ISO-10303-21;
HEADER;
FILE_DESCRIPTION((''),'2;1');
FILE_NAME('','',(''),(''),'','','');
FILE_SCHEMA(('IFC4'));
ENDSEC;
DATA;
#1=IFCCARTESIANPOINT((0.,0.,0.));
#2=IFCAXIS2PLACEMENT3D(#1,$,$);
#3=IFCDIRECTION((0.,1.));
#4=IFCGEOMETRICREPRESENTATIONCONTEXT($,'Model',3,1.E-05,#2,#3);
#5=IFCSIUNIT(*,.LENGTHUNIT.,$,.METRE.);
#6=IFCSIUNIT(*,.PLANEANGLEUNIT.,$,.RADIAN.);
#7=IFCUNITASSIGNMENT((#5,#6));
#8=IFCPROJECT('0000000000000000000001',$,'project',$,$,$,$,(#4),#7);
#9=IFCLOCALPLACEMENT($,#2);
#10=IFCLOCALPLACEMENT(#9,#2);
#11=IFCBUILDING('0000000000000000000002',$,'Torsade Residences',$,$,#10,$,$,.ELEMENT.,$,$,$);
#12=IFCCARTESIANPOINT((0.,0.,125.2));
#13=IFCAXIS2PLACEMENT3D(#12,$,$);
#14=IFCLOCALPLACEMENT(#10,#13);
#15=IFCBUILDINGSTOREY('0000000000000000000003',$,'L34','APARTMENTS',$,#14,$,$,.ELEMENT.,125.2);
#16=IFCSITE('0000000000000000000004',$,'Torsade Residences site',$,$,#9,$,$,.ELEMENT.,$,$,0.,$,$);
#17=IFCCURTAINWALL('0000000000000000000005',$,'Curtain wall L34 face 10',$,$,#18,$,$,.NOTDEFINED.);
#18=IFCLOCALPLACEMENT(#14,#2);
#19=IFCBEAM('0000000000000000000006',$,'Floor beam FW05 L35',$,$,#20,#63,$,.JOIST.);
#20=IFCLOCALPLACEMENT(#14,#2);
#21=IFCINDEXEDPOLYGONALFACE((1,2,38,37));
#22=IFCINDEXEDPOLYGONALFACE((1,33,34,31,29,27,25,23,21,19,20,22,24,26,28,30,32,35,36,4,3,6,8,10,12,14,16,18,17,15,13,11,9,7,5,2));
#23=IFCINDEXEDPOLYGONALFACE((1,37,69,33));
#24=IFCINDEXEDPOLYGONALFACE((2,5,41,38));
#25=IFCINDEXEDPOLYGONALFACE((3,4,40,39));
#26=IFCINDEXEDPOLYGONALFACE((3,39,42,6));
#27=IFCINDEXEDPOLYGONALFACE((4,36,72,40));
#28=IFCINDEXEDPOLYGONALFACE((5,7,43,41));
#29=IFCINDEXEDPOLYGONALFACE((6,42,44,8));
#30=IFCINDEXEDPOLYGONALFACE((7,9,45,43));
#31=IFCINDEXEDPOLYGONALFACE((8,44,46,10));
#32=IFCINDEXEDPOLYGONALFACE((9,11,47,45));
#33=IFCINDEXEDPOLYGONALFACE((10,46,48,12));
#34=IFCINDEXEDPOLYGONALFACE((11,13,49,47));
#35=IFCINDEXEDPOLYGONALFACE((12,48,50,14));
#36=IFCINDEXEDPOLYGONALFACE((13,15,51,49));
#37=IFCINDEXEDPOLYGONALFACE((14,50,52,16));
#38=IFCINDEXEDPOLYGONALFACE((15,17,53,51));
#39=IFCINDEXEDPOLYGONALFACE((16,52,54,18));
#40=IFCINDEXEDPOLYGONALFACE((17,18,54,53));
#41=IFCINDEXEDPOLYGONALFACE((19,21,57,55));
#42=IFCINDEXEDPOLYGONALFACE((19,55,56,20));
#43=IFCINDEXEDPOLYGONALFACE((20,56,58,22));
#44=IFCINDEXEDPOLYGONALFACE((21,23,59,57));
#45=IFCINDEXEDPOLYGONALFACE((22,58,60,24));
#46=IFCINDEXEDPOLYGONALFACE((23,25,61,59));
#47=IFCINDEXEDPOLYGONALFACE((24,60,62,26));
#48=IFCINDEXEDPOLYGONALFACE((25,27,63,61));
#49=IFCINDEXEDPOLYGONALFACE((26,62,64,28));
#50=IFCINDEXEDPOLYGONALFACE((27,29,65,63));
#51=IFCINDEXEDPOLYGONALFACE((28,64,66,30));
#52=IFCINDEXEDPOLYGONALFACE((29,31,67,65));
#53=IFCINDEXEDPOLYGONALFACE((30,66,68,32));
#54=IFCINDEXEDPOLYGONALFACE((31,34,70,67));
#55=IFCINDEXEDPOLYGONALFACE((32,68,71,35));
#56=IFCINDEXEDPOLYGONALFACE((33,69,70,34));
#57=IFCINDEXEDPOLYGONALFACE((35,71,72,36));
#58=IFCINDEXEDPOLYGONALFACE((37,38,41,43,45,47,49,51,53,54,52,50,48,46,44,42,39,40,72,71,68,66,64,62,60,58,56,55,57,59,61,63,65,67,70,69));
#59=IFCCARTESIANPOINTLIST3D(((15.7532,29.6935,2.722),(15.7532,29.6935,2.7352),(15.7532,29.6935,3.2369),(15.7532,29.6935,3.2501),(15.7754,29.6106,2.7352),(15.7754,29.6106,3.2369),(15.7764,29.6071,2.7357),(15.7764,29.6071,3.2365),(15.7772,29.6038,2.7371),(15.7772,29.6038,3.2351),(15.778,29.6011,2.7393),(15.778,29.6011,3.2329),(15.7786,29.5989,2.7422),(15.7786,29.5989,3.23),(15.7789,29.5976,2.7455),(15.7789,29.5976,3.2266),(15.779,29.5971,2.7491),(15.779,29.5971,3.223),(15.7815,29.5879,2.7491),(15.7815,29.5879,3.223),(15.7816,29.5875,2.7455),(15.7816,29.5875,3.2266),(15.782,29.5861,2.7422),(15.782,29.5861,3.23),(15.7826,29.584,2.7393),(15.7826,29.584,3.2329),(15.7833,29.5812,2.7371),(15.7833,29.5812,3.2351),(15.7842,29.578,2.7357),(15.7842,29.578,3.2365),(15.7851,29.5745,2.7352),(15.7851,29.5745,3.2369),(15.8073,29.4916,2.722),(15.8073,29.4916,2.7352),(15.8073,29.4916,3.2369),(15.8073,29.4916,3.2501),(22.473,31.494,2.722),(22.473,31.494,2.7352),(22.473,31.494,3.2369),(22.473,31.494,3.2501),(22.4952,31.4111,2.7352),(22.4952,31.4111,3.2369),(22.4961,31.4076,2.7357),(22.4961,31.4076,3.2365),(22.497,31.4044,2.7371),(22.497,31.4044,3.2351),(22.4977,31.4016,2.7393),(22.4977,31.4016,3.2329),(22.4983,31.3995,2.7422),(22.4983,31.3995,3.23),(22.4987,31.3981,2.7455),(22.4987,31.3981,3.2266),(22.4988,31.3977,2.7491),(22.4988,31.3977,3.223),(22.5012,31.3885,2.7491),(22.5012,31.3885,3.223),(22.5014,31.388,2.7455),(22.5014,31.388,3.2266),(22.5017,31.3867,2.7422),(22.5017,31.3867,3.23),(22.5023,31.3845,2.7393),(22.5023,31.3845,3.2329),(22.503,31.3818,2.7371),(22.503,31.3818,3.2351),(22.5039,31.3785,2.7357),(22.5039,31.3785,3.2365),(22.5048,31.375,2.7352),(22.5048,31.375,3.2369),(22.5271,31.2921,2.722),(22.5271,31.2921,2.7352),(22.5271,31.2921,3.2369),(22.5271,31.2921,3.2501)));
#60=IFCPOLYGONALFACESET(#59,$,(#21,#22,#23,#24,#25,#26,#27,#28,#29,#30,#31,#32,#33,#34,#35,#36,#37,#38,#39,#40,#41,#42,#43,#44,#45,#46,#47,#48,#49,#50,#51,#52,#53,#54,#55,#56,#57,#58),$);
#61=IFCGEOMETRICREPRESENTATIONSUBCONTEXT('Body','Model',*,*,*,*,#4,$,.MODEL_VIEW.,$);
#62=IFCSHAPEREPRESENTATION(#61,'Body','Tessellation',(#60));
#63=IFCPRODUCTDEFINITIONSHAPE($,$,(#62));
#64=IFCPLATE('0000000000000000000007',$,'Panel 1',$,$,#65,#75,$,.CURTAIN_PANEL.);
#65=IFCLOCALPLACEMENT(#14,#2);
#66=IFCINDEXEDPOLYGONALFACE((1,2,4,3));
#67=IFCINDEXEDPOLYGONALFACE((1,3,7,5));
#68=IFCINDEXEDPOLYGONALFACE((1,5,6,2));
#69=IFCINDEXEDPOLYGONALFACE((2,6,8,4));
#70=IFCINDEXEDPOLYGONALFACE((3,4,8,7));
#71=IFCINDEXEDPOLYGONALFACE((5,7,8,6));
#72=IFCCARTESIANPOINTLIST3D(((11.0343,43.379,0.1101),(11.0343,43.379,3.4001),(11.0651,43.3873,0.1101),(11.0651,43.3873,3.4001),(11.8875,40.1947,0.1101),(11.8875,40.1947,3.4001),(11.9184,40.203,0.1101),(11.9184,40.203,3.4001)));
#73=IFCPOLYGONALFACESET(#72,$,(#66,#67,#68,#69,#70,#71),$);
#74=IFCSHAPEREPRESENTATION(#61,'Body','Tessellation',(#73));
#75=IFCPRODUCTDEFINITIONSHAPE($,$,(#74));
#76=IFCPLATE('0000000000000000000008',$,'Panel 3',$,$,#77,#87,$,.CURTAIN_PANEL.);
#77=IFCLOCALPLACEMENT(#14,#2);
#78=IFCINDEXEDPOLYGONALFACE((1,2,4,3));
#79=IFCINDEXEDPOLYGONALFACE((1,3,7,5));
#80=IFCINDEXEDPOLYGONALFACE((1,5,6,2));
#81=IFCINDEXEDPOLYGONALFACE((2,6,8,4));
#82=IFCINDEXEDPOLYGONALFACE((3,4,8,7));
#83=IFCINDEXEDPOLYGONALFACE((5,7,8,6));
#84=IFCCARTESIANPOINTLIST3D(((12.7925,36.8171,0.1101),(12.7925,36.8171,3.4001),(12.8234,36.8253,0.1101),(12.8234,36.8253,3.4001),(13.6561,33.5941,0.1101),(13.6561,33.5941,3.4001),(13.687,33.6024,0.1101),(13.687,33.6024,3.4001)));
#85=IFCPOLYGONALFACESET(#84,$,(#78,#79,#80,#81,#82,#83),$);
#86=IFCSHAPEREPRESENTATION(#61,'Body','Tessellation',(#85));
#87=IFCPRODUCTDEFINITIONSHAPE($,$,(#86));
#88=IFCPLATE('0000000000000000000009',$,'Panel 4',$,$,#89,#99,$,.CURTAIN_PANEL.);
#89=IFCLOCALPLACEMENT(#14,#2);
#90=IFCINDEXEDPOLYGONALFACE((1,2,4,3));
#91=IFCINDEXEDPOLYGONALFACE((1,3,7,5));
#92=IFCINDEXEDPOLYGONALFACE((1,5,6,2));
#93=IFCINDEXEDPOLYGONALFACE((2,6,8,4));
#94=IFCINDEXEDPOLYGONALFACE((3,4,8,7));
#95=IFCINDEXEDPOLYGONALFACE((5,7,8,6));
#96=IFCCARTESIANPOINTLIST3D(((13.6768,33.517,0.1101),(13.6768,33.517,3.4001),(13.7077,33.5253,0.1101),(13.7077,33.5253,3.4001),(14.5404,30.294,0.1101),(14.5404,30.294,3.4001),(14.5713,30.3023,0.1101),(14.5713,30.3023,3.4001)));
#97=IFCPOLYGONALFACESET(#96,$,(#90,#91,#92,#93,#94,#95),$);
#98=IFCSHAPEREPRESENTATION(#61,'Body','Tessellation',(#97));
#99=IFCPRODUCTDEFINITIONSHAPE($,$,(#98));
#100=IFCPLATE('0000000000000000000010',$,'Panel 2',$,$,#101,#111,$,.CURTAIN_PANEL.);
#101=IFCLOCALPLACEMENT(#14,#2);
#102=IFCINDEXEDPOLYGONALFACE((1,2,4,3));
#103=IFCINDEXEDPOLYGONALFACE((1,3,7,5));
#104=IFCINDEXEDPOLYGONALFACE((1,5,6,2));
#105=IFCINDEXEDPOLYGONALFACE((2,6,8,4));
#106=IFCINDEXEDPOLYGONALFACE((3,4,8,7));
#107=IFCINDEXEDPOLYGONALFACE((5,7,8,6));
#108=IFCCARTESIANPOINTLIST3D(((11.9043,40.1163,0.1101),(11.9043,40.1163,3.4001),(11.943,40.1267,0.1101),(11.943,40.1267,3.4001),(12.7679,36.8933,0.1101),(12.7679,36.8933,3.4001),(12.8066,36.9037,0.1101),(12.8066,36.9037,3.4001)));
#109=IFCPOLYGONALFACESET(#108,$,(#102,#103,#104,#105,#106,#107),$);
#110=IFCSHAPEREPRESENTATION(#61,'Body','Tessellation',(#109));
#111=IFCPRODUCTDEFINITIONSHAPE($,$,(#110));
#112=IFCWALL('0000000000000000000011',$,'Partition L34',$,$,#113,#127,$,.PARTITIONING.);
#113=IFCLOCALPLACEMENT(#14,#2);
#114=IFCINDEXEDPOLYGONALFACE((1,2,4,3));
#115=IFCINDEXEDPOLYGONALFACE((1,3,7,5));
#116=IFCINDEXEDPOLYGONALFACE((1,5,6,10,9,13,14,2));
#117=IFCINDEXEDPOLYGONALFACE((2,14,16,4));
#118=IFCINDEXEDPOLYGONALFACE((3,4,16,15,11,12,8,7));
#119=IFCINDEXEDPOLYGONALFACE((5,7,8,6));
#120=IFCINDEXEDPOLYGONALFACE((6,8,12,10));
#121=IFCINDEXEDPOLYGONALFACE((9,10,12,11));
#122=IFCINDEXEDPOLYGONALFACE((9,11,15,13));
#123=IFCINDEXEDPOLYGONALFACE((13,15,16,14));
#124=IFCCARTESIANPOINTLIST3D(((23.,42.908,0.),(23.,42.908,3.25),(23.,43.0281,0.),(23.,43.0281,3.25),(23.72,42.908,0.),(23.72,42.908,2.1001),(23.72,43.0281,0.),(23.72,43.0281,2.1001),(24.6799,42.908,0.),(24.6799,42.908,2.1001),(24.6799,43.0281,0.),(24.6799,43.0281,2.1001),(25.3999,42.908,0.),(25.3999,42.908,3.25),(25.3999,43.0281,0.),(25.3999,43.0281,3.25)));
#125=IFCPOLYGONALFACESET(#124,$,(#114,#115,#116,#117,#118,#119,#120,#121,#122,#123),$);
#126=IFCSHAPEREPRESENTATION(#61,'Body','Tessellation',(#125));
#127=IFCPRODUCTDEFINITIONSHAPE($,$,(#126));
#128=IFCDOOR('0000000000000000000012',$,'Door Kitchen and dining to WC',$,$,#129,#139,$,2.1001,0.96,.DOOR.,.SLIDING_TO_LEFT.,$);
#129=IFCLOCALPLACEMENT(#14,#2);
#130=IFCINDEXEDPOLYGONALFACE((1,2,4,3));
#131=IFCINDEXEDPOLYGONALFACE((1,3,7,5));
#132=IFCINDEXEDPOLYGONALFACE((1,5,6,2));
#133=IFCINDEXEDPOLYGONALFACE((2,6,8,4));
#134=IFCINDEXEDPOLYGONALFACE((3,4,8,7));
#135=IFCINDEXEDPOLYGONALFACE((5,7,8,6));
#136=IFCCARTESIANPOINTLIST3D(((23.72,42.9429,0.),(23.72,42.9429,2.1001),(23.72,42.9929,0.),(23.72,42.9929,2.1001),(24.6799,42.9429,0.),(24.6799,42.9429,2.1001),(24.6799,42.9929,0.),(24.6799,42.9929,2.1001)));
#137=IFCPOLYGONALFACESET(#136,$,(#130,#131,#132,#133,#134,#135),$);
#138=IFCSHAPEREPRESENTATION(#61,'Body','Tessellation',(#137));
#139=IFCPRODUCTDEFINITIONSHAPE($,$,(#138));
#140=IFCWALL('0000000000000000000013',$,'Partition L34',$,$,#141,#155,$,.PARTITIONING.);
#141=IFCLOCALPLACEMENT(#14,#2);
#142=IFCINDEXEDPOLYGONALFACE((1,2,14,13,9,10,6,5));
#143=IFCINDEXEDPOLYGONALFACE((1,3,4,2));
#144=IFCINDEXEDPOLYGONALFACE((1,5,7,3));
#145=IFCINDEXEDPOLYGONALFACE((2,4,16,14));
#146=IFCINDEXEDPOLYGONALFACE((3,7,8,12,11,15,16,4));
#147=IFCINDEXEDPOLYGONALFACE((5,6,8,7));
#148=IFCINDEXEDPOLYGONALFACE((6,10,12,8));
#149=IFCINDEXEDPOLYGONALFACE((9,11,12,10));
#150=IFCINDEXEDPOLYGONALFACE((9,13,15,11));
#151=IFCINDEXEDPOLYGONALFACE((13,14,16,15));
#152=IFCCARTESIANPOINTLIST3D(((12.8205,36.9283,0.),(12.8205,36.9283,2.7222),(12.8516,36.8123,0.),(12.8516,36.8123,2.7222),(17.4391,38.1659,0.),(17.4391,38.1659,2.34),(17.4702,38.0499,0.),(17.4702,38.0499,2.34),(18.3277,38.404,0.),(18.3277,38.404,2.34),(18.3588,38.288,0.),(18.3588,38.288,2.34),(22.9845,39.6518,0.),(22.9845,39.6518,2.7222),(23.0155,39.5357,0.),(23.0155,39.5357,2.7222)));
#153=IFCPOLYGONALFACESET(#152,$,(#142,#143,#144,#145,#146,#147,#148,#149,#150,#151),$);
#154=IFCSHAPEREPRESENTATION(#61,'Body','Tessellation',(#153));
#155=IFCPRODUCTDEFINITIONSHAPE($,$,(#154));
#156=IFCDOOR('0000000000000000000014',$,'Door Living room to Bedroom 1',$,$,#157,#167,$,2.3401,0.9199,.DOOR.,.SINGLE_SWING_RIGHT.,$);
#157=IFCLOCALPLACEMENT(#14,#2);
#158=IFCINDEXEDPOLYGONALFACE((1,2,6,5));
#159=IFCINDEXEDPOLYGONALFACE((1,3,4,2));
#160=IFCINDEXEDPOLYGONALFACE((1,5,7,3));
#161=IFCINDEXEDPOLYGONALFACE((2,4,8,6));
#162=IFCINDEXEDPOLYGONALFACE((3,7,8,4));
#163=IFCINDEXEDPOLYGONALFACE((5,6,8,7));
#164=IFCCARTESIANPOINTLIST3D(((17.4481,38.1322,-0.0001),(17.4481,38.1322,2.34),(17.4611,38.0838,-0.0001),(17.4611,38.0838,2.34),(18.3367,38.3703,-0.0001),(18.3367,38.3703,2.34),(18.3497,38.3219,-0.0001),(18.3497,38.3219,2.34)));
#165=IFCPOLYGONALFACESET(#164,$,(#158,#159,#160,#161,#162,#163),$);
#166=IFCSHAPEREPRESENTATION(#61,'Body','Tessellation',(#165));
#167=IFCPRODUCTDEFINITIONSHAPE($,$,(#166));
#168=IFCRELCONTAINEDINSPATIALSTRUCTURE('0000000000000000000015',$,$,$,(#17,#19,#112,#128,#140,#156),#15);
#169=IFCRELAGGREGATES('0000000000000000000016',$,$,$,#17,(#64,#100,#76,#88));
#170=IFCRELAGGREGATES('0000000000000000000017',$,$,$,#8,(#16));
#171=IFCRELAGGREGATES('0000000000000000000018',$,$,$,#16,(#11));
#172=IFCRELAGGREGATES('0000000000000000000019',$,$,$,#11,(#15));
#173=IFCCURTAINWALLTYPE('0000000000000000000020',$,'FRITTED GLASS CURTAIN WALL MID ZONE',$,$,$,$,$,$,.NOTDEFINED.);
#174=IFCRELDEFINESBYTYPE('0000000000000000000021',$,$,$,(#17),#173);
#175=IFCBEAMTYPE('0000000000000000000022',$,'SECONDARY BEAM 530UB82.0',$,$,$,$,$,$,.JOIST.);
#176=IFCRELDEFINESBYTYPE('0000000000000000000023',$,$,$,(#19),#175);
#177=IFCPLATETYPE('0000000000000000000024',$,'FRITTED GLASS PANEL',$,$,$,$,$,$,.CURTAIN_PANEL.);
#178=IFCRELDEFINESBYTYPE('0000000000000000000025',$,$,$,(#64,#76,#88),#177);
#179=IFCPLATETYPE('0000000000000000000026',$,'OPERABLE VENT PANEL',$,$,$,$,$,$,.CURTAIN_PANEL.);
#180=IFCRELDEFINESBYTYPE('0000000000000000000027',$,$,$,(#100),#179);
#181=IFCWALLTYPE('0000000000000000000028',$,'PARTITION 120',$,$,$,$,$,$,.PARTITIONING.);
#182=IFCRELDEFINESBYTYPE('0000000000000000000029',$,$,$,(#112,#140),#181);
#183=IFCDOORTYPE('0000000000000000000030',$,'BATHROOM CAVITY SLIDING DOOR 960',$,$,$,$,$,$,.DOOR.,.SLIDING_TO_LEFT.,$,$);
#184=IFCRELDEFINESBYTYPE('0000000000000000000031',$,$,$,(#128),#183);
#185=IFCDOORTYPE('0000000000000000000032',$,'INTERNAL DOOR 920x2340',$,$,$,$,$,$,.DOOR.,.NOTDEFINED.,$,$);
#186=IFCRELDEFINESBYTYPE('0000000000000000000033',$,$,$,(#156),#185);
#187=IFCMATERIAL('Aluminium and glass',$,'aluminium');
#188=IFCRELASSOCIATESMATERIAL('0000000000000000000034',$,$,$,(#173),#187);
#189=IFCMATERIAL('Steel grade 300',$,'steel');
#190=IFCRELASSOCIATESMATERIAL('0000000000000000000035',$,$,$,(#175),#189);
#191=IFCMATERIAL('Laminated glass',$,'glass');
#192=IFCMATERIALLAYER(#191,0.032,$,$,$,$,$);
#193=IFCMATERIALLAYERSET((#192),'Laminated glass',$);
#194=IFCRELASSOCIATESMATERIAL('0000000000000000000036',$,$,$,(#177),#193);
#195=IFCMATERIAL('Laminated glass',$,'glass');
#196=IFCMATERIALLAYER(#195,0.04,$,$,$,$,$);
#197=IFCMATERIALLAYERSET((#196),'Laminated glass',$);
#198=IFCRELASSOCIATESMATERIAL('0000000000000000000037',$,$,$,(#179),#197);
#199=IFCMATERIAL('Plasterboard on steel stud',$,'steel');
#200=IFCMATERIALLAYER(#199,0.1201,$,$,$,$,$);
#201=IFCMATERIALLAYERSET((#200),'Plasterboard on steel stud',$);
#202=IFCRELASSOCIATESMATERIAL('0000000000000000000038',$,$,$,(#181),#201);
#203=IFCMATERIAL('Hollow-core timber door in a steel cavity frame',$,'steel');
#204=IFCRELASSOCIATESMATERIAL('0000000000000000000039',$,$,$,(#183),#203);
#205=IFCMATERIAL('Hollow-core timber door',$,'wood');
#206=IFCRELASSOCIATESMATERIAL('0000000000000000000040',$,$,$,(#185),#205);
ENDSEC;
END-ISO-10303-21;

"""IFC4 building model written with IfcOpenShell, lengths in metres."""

from ifc_helpers import new_model, si_unit, direction, frame, frame_2d, origin, origin_2d, place, context, subcontext, project, spatial, rectangle, i_section, extrude, material, layer, layer_set, material_profile, profile_set, type_object, element, fill, aggregate, save


model = new_model("IFC4")

# Units and contexts
model_context = context("Model", 3, precision=1e-05, world=origin(), true_north=direction((0.0, 1.0)))
body_context = subcontext(model_context, "Body", "Model", "MODEL_VIEW")
ifc_project = project(units=[si_unit("LENGTHUNIT", "METRE"), si_unit("PLANEANGLEUNIT", "RADIAN")], contexts=[model_context])

# Site, building, storey
site_placement = place(None, origin())
site = spatial("IfcSite", under=ifc_project, at=site_placement, Name="Torsade Residences site", CompositionType="ELEMENT", RefElevation=0.0)
building_placement = place(site_placement, origin())
building = spatial("IfcBuilding", under=site, at=building_placement, Name="Torsade Residences", CompositionType="ELEMENT")
storey_placement = place(building_placement, frame((0.0, 0.0, 125.2)))
storey = spatial("IfcBuildingStorey", under=building, at=storey_placement, Name="L34", Description="APARTMENTS", CompositionType="ELEMENT", Elevation=125.2)

# Curtain wall
ifc_material_1 = material(Name="Aluminium and glass", Category="aluminium")
curtain_wall_type = type_object("IfcCurtainWallType", Name="FRITTED GLASS CURTAIN WALL MID ZONE", PredefinedType="NOTDEFINED", material=ifc_material_1)
curtain_wall_placement = place(storey_placement, origin())
curtain_wall = element("IfcCurtainWall", 1, at=curtain_wall_placement, inside=storey, type_object=curtain_wall_type, Name="Curtain wall L34 face 10", PredefinedType="NOTDEFINED")

# Beam
ifc_material_2 = material(Name="Steel grade 300", Category="steel")
ifc_material_profile_1 = material_profile(ifc_material_2, i_section(OverallWidth=0.209, OverallDepth=0.5281, WebThickness=0.0095, FlangeThickness=0.0132, FilletRadius=0.0139, at=origin_2d()), Name="530UB82.0")
ifc_profile_set_1 = profile_set([ifc_material_profile_1], Name="Steel grade 300")
beam_type_1 = type_object("IfcBeamType", Name="SECONDARY BEAM 530UB82.0", PredefinedType="JOIST", material=ifc_profile_set_1)
beam_1_placement = place(storey_placement, frame((15.7803, 29.5925, 2.9861), z_axis=(0.965926, 0.258818, 0.0), x_axis=(-0.258818, 0.965926, 0.0)))
element("IfcBeam", 2, at=beam_1_placement, inside=storey, type_object=beam_type_1, Name="Floor beam FW05 L35", PredefinedType="JOIST", context=body_context, shape_type="SweptSolid", body=[
    extrude(i_section(OverallWidth=0.209, OverallDepth=0.5281, WebThickness=0.0095, FlangeThickness=0.0132, FilletRadius=0.0139, at=origin_2d()), origin(), (0.0, 0.0, 1.0), 6.9568),
])

# Plates
ifc_material_3 = material(Name="Laminated glass", Category="glass")
ifc_layer_1 = layer(ifc_material_3, 0.032)
ifc_layer_set_1 = layer_set([ifc_layer_1], Name="Laminated glass")
plate_type_1 = type_object("IfcPlateType", Name="FRITTED GLASS PANEL", PredefinedType="CURTAIN_PANEL", material=ifc_layer_set_1)
plate_1_placement = place(storey_placement, frame((11.4763, 41.791, 0.1101), z_axis=(0.0, 0.0, 1.0), x_axis=(0.258819, -0.965926, 0.0)))
plate_1 = element("IfcPlate", 3, at=plate_1_placement, type_object=plate_type_1, Name="Panel 1", PredefinedType="CURTAIN_PANEL", context=body_context, shape_type="SweptSolid", body=[
    extrude(rectangle(XDim=3.2966, YDim=0.032, at=origin_2d()), origin(), (0.0, 0.0, 1.0), 3.29),
])
plate_2_placement = place(storey_placement, frame((13.2397, 35.2097, 0.1101), z_axis=(0.0, 0.0, 1.0), x_axis=(0.258819, -0.965926, 0.0)))
plate_2 = element("IfcPlate", 4, at=plate_2_placement, type_object=plate_type_1, Name="Panel 3", PredefinedType="CURTAIN_PANEL", context=body_context, shape_type="SweptSolid", body=[
    extrude(rectangle(XDim=3.3367, YDim=0.032, at=origin_2d()), origin(), (0.0, 0.0, 1.0), 3.29),
])
plate_3_placement = place(storey_placement, frame((14.124, 31.9097, 0.1101), z_axis=(0.0, 0.0, 1.0), x_axis=(0.258819, -0.965926, 0.0)))
plate_3 = element("IfcPlate", 5, at=plate_3_placement, type_object=plate_type_1, Name="Panel 4", PredefinedType="CURTAIN_PANEL", context=body_context, shape_type="SweptSolid", body=[
    extrude(rectangle(XDim=3.3367, YDim=0.032, at=origin_2d()), origin(), (0.0, 0.0, 1.0), 3.29),
])
ifc_material_4 = material(Name="Laminated glass", Category="glass")
ifc_layer_2 = layer(ifc_material_4, 0.04)
ifc_layer_set_2 = layer_set([ifc_layer_2], Name="Laminated glass")
plate_type_2 = type_object("IfcPlateType", Name="OPERABLE VENT PANEL", PredefinedType="CURTAIN_PANEL", material=ifc_layer_set_2)
plate_4_placement = place(storey_placement, frame((12.3555, 38.51, 0.1101), z_axis=(0.0, 0.0, 1.0), x_axis=(0.258819, -0.965926, 0.0)))
plate_4 = element("IfcPlate", 6, at=plate_4_placement, type_object=plate_type_2, Name="Panel 2", PredefinedType="CURTAIN_PANEL", context=body_context, shape_type="SweptSolid", body=[
    extrude(rectangle(XDim=3.3367, YDim=0.04, at=origin_2d()), origin(), (0.0, 0.0, 1.0), 3.29),
])
aggregate(curtain_wall, [plate_1, plate_4, plate_2, plate_3])

# Walls, openings, doors
ifc_material_5 = material(Name="Plasterboard on steel stud", Category="steel")
ifc_layer_3 = layer(ifc_material_5, 0.1201)
ifc_layer_set_3 = layer_set([ifc_layer_3], Name="Plasterboard on steel stud")
wall_type_1 = type_object("IfcWallType", Name="PARTITION 120", PredefinedType="PARTITIONING", material=ifc_layer_set_3)
wall_1_placement = place(storey_placement, frame((23.0, 42.968, 0.0), z_axis=(0.0, 0.0, 1.0), x_axis=(1.0, 0.0, 0.0)))
wall_1 = element("IfcWall", 7, at=wall_1_placement, inside=storey, type_object=wall_type_1, Name="Partition L34", PredefinedType="PARTITIONING", context=body_context, shape_type="SweptSolid", body=[
    extrude(rectangle(XDim=2.3999, YDim=0.1201, at=frame_2d((1.2, 0.0))), origin(), (0.0, 0.0, 1.0), 3.25),
])
opening_1_placement = place(wall_1_placement, frame((0.72, 0.0, 0.0)))
opening_1 = element("IfcOpeningElement", 8, at=opening_1_placement, cuts=wall_1, PredefinedType="OPENING", context=body_context, shape_type="SweptSolid", body=[
    extrude(rectangle(XDim=0.96, YDim=2.1001, at=frame_2d((0.48, 1.05))), frame((0.0, 0.0701, 0.0), z_axis=(0.0, -1.0, 0.0), x_axis=(1.0, 0.0, 0.0)), (0.0, 0.0, 1.0), 0.1401),
])
ifc_material_6 = material(Name="Hollow-core timber door in a steel cavity frame", Category="steel")
door_type_1 = type_object("IfcDoorType", Name="BATHROOM CAVITY SLIDING DOOR 960", OperationType="SLIDING_TO_LEFT", PredefinedType="DOOR", material=ifc_material_6)
door_1_placement = place(opening_1_placement, origin())
door_1 = element("IfcDoor", 9, at=door_1_placement, inside=storey, type_object=door_type_1, Name="Door Kitchen and dining to WC", OperationType="SLIDING_TO_LEFT", OverallHeight=2.1001, OverallWidth=0.96, PredefinedType="DOOR", context=body_context, shape_type="SweptSolid", body=[
    extrude(rectangle(XDim=0.96, YDim=2.1001, at=frame_2d((0.48, 1.05))), frame((0.0, 0.0249, 0.0), z_axis=(0.0, -1.0, 0.0), x_axis=(1.0, 0.0, 0.0)), (0.0, 0.0, 1.0), 0.05),
])
fill(opening_1, door_1)
wall_2_placement = place(storey_placement, frame((23.0, 39.5938, 0.0), z_axis=(0.0, 0.0, 1.0), x_axis=(-0.965926, -0.258819, 0.0)))
wall_2 = element("IfcWall", 10, at=wall_2_placement, inside=storey, type_object=wall_type_1, Name="Partition L34", PredefinedType="PARTITIONING", context=body_context, shape_type="SweptSolid", body=[
    extrude(rectangle(XDim=10.5225, YDim=0.1201, at=frame_2d((5.2612, 0.0))), origin(), (0.0, 0.0, 1.0), 2.7222),
])
opening_2_placement = place(wall_2_placement, frame((4.821, 0.0, 0.0)))
opening_2 = element("IfcOpeningElement", 11, at=opening_2_placement, cuts=wall_2, PredefinedType="OPENING", context=body_context, shape_type="SweptSolid", body=[
    extrude(rectangle(XDim=0.9199, YDim=2.3401, at=frame_2d((0.46, 1.1699))), frame((0.0, 0.0701, 0.0), z_axis=(0.0, -1.0, 0.0), x_axis=(1.0, 0.0, 0.0)), (0.0, 0.0, 1.0), 0.1401),
])
ifc_material_7 = material(Name="Hollow-core timber door", Category="wood")
door_type_2 = type_object("IfcDoorType", Name="INTERNAL DOOR 920x2340", OperationType="NOTDEFINED", PredefinedType="DOOR", material=ifc_material_7)
door_2_placement = place(opening_2_placement, origin())
door_2 = element("IfcDoor", 12, at=door_2_placement, inside=storey, type_object=door_type_2, Name="Door Living room to Bedroom 1", OperationType="SINGLE_SWING_RIGHT", OverallHeight=2.3401, OverallWidth=0.9199, PredefinedType="DOOR", context=body_context, shape_type="SweptSolid", body=[
    extrude(rectangle(XDim=0.9199, YDim=2.3401, at=frame_2d((0.46, 1.1699))), frame((0.0, 0.0249, 0.0), z_axis=(0.0, -1.0, 0.0), x_axis=(1.0, 0.0, 0.0)), (0.0, 0.0, 1.0), 0.05),
])
fill(opening_2, door_2)

save(model, "model.ifc")
